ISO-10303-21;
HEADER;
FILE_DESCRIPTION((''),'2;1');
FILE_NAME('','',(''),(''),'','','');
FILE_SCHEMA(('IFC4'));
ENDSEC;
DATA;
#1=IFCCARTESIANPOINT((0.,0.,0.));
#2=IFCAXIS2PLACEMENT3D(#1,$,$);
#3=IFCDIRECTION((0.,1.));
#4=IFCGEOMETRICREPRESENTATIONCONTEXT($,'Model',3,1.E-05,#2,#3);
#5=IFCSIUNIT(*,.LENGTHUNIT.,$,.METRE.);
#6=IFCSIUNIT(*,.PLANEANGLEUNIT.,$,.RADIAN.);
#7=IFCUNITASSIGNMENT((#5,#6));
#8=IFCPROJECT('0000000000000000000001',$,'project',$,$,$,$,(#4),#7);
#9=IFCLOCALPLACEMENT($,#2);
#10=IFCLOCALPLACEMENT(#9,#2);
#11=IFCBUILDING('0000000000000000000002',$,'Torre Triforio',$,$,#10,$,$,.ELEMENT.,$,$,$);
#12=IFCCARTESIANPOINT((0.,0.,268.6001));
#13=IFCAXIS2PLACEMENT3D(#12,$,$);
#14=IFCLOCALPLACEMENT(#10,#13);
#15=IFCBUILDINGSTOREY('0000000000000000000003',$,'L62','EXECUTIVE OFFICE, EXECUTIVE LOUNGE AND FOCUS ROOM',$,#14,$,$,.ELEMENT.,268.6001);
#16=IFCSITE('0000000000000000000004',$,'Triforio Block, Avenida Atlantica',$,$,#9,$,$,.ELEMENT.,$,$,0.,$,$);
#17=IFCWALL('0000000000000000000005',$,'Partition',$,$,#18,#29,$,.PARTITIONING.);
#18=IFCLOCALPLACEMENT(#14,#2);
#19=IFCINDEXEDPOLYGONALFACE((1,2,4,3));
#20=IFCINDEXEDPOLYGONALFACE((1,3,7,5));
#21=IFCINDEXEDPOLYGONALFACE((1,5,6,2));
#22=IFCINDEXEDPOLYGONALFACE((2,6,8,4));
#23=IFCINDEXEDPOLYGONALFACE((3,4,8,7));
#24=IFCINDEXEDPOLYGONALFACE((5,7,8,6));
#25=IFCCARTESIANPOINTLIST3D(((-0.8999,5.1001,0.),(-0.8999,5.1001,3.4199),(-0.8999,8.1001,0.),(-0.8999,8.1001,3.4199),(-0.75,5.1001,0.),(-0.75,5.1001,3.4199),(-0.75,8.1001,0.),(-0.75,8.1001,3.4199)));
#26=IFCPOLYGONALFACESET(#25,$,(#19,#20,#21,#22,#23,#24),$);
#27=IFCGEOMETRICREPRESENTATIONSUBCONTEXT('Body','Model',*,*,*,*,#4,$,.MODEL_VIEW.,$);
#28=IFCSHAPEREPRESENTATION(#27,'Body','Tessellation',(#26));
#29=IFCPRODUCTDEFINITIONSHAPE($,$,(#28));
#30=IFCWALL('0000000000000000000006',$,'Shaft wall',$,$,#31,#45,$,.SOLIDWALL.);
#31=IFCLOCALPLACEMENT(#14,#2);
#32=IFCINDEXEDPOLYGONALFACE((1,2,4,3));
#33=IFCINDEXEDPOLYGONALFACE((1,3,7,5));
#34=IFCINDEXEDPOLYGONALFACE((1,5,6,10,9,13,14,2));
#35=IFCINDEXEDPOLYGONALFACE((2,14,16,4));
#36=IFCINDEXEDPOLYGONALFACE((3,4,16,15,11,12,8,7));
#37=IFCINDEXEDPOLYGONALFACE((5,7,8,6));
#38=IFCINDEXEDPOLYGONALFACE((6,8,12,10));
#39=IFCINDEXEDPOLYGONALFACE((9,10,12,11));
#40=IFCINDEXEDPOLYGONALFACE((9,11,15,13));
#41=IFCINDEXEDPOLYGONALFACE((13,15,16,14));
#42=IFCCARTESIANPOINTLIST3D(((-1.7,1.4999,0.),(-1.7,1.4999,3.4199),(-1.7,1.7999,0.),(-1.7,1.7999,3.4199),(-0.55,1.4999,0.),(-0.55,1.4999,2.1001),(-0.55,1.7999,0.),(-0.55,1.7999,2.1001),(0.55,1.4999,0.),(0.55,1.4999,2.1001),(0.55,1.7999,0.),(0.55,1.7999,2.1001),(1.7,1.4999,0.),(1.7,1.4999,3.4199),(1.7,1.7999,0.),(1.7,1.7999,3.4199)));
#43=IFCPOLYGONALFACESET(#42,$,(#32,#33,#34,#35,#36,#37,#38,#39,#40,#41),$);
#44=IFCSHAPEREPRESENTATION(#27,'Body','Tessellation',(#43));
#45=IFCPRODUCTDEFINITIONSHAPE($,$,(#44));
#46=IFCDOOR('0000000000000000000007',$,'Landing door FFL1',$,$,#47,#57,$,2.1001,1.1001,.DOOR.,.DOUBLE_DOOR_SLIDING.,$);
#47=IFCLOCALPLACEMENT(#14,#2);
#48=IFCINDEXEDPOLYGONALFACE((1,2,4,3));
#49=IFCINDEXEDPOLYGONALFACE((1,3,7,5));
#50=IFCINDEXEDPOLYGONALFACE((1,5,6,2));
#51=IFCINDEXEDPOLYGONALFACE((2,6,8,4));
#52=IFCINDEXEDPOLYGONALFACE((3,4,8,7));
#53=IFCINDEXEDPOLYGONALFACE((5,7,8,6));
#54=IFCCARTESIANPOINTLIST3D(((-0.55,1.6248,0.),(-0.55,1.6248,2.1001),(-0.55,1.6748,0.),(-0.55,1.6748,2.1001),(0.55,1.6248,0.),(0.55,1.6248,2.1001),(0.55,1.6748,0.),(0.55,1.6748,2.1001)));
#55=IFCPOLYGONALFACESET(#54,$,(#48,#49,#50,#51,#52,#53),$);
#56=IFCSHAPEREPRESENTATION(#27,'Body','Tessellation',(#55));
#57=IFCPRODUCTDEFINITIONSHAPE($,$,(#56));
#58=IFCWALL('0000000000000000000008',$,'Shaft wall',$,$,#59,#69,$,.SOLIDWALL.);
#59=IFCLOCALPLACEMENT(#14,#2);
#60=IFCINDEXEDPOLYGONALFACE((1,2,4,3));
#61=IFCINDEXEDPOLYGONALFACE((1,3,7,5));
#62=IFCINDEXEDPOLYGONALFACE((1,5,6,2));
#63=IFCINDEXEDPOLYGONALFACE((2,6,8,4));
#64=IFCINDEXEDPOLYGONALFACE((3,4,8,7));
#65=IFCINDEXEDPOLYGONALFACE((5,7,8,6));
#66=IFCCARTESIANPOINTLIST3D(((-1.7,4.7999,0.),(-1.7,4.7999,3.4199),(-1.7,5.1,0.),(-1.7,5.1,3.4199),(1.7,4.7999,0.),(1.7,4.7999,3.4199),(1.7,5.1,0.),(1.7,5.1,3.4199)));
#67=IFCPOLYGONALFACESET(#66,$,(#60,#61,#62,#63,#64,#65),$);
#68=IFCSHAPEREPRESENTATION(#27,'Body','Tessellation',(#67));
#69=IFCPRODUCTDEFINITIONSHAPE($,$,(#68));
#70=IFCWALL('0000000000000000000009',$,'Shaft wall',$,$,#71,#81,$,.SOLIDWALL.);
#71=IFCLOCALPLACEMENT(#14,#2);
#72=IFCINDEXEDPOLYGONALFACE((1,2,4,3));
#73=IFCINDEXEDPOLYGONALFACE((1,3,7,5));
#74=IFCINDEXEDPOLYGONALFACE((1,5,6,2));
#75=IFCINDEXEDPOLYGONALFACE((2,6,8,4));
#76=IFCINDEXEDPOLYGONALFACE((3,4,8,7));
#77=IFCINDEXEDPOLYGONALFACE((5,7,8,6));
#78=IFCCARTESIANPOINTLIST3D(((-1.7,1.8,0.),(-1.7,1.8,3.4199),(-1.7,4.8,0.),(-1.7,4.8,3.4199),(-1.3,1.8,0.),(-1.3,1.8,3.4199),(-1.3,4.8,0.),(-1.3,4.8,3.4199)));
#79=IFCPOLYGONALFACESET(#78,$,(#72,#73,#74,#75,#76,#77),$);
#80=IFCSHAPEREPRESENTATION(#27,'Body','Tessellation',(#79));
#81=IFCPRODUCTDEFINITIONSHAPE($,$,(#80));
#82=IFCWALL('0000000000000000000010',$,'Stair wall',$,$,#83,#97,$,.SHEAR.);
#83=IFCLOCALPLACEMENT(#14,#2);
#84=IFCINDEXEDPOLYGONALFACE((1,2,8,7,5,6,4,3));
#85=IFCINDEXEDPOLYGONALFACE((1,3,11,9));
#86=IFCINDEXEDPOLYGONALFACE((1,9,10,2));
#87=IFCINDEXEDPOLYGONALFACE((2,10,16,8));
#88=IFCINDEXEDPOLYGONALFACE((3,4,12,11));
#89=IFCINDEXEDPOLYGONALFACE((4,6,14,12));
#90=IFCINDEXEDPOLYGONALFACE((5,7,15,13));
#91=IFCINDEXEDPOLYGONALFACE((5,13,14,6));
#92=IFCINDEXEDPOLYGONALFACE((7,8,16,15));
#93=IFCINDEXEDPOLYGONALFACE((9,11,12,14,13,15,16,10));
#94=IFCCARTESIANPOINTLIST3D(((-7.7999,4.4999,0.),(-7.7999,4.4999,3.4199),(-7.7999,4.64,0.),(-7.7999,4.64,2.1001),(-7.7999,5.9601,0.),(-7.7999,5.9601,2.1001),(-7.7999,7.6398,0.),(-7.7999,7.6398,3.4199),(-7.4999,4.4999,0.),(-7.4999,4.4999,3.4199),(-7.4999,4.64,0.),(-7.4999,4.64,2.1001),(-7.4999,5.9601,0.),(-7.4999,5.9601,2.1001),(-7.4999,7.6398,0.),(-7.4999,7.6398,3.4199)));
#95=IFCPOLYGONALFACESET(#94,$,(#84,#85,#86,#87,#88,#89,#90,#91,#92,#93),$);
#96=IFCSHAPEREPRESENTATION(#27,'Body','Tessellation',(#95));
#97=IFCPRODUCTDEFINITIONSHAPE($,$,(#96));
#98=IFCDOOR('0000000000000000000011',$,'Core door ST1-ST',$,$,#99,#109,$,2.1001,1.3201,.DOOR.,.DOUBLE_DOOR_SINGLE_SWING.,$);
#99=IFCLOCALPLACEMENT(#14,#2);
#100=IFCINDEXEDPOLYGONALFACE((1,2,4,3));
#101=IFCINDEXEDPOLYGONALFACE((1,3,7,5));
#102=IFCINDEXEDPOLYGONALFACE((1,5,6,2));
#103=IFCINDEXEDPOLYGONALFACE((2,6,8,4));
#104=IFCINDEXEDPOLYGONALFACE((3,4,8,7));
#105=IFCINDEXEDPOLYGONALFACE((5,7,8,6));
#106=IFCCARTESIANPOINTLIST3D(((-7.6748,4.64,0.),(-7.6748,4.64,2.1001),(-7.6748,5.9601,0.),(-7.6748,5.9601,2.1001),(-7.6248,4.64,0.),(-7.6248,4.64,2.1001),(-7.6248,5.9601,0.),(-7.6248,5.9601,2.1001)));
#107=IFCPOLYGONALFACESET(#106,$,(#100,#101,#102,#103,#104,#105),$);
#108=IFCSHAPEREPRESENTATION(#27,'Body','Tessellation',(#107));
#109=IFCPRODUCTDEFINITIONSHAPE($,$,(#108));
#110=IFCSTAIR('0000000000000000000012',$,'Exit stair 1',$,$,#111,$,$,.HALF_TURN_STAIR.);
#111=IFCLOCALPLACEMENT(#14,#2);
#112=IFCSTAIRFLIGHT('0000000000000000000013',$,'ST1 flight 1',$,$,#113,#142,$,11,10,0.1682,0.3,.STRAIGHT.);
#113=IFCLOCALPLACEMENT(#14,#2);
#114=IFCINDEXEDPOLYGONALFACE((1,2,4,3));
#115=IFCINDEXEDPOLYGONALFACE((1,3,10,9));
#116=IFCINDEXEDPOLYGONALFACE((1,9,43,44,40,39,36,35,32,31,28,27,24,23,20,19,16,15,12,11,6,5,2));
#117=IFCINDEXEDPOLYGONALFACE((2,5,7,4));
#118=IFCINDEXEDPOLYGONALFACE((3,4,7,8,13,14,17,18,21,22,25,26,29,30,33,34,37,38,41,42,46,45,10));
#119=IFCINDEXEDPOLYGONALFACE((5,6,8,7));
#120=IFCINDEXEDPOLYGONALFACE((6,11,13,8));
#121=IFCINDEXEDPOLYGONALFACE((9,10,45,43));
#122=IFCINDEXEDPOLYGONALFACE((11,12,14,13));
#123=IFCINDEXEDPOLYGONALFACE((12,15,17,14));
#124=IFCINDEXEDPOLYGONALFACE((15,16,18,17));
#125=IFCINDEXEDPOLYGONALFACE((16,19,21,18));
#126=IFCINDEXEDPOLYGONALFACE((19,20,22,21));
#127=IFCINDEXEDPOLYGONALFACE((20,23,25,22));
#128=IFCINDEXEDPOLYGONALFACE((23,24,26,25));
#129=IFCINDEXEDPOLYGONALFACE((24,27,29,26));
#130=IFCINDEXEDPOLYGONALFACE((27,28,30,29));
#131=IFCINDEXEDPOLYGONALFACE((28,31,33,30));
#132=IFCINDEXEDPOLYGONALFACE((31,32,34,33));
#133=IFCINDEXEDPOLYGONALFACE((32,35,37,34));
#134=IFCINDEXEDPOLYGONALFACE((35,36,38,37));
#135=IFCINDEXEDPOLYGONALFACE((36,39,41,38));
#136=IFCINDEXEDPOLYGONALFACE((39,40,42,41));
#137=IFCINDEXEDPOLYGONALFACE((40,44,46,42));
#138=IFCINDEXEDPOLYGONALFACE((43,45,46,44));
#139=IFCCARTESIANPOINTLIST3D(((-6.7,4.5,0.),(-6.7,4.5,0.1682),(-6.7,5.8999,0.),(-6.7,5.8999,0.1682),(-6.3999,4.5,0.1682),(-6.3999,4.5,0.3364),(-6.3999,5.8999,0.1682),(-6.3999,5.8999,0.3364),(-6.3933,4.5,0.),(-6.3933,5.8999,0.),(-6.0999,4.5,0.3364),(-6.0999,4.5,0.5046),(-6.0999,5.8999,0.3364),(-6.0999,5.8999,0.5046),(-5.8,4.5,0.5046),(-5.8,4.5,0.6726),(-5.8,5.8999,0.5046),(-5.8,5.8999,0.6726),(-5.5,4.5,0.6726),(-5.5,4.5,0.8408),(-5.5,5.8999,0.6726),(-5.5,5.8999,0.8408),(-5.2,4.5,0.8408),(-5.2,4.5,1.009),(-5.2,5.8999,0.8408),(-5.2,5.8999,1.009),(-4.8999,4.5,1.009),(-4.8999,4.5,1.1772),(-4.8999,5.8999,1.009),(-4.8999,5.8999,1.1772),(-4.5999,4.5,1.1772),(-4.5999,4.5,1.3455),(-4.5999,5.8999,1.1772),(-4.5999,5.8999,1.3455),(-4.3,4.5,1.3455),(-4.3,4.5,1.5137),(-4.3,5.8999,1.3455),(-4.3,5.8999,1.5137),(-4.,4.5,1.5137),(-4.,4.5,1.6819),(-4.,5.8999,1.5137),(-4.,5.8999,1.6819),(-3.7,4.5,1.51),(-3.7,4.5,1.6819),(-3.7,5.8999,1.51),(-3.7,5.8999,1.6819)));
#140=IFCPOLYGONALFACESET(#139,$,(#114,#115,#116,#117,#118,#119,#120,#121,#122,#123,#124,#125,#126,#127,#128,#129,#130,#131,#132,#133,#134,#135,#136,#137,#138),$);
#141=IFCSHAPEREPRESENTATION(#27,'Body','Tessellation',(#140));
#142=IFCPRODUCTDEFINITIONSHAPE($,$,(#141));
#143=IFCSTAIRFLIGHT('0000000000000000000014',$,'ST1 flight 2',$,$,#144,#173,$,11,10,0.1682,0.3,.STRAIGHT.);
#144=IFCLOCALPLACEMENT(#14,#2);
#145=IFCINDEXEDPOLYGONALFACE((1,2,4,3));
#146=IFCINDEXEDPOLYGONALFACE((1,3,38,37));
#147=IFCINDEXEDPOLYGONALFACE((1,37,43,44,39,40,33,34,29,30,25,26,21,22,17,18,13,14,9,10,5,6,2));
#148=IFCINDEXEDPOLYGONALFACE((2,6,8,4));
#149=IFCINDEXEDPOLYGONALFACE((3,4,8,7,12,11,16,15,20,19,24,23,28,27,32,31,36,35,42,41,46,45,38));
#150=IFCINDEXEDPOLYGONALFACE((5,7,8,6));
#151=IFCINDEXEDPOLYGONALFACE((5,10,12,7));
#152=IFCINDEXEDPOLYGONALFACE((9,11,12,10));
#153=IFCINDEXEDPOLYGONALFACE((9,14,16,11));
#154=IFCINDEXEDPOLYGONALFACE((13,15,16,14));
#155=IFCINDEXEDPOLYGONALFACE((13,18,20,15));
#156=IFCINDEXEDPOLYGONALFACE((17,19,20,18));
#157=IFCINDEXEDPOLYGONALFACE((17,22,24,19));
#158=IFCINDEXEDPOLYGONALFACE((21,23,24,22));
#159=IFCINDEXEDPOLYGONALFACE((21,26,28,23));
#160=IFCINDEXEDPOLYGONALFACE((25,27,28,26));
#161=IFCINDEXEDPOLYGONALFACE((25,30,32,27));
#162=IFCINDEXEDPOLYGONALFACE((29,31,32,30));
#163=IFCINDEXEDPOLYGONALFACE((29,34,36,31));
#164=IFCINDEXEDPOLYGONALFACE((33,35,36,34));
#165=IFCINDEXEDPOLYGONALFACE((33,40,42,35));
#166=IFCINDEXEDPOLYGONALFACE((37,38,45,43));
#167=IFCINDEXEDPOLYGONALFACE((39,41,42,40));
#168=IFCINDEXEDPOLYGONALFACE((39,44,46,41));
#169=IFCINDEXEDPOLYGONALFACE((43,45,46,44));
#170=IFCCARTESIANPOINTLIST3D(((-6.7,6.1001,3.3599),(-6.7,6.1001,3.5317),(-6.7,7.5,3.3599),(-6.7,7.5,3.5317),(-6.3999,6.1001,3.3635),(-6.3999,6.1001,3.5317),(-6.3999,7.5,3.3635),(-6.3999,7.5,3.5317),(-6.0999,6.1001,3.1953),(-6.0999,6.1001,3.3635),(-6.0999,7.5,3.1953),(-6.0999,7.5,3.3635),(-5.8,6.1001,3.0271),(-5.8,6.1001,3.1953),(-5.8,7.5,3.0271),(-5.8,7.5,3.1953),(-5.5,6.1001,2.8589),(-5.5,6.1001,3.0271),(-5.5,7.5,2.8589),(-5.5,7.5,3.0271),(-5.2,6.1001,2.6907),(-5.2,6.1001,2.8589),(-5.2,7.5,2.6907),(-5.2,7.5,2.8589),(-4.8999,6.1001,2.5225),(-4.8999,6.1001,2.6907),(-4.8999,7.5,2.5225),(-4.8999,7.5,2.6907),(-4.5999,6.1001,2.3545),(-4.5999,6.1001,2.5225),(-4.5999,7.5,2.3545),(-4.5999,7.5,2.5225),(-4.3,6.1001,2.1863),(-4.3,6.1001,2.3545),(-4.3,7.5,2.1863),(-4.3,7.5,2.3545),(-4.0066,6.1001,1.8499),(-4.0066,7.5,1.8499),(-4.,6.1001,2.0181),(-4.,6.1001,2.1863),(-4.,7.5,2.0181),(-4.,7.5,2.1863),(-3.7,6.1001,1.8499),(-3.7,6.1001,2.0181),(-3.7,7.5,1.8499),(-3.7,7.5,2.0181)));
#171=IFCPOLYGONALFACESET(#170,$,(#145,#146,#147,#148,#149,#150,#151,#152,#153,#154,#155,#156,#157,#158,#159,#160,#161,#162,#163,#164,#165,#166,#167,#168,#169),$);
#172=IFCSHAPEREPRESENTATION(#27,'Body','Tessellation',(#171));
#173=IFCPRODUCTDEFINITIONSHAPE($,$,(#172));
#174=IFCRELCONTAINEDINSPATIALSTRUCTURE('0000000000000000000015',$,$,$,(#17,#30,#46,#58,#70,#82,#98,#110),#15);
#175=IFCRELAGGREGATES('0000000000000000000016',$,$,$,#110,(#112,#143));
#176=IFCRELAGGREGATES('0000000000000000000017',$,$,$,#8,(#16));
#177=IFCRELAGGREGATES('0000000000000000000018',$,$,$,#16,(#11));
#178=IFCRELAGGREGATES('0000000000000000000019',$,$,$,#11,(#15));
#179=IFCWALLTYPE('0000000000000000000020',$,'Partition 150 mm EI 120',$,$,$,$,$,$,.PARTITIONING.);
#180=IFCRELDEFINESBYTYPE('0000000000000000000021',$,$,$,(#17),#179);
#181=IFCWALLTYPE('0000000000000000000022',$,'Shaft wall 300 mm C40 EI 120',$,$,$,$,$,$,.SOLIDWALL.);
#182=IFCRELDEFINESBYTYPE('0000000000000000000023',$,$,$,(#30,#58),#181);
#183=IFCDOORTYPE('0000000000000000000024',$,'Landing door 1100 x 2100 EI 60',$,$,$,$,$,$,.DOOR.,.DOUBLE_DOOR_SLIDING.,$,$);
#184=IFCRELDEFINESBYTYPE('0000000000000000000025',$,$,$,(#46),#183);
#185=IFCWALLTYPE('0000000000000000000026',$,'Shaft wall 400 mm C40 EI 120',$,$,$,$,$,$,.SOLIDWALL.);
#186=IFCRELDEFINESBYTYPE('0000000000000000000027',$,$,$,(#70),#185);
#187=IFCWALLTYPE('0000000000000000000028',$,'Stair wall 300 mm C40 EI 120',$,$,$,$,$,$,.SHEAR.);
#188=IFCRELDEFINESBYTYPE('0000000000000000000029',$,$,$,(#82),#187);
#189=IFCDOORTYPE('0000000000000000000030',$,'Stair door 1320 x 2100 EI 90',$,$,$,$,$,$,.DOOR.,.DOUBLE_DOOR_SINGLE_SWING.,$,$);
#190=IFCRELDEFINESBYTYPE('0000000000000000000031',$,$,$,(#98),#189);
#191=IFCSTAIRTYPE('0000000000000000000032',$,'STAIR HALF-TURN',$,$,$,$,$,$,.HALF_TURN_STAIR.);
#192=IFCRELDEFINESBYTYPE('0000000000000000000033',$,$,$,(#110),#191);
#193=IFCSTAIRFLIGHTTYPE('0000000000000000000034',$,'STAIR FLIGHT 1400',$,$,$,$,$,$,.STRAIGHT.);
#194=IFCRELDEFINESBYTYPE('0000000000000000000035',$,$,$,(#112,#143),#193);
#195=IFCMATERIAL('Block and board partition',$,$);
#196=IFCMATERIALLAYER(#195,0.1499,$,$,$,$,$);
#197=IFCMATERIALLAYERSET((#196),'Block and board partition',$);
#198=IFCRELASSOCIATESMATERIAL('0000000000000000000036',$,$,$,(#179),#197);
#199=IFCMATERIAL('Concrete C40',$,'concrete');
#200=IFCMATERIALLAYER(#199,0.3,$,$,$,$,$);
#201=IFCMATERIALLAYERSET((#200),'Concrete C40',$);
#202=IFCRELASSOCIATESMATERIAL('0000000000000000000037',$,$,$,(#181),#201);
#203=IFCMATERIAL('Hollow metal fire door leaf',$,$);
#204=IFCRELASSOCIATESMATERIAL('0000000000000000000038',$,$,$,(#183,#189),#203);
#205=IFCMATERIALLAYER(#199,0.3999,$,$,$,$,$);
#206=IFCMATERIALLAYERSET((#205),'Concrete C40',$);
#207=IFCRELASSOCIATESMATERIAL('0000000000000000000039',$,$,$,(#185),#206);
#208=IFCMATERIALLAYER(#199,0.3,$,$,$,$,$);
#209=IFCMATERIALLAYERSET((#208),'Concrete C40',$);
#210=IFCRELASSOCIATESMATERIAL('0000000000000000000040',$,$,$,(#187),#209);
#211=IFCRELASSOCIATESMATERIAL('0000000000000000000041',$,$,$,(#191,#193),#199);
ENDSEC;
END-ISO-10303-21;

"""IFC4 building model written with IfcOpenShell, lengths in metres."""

from ifc_helpers import new_model, si_unit, direction, frame, frame_2d, origin, place, context, subcontext, project, spatial, polyline, rectangle, outline, extrude, material, layer, layer_set, type_object, element, fill, aggregate, save


model = new_model("IFC4")

# Units and contexts
model_context = context("Model", 3, precision=1e-05, world=origin(), true_north=direction((0.0, 1.0)))
body_context = subcontext(model_context, "Body", "Model", "MODEL_VIEW")
ifc_project = project(units=[si_unit("LENGTHUNIT", "METRE"), si_unit("PLANEANGLEUNIT", "RADIAN")], contexts=[model_context])

# Site, building, storey
site_placement = place(None, origin())
site = spatial("IfcSite", under=ifc_project, at=site_placement, Name="Triforio Block, Avenida Atlantica", CompositionType="ELEMENT", RefElevation=0.0)
building_placement = place(site_placement, origin())
building = spatial("IfcBuilding", under=site, at=building_placement, Name="Torre Triforio", CompositionType="ELEMENT")
storey_placement = place(building_placement, frame((0.0, 0.0, 268.6001)))
storey = spatial("IfcBuildingStorey", under=building, at=storey_placement, Name="L62", Description="EXECUTIVE OFFICE, EXECUTIVE LOUNGE AND FOCUS ROOM", CompositionType="ELEMENT", Elevation=268.6001)

# Shared definitions
ifc_material_1 = material(Name="Concrete C40", Category="concrete")

# Wall
ifc_material_2 = material(Name="Block and board partition")
ifc_layer_1 = layer(ifc_material_2, 0.1499)
ifc_layer_set_1 = layer_set([ifc_layer_1], Name="Block and board partition")
wall_type_1 = type_object("IfcWallType", Name="Partition 150 mm EI 120", PredefinedType="PARTITIONING", material=ifc_layer_set_1)
wall_1_placement = place(storey_placement, frame((-0.825, 5.1001, 0.0), z_axis=(0.0, 0.0, 1.0), x_axis=(0.0, 1.0, 0.0)))
element("IfcWall", 1, at=wall_1_placement, inside=storey, type_object=wall_type_1, Name="Partition", PredefinedType="PARTITIONING", context=body_context, shape_type="SweptSolid", body=[
    extrude(rectangle(XDim=3.0, YDim=0.1499, at=frame_2d((1.5, 0.0))), origin(), (0.0, 0.0, 1.0), 3.4199),
])

# Wall, opening, door
ifc_layer_2 = layer(ifc_material_1, 0.3)
ifc_layer_set_2 = layer_set([ifc_layer_2], Name="Concrete C40")
wall_type_2 = type_object("IfcWallType", Name="Shaft wall 300 mm C40 EI 120", PredefinedType="SOLIDWALL", material=ifc_layer_set_2)
wall_2_placement = place(storey_placement, frame((-1.7, 1.6499, 0.0), z_axis=(0.0, 0.0, 1.0), x_axis=(1.0, 0.0, 0.0)))
wall_2 = element("IfcWall", 2, at=wall_2_placement, inside=storey, type_object=wall_type_2, Name="Shaft wall", PredefinedType="SOLIDWALL", context=body_context, shape_type="SweptSolid", body=[
    extrude(rectangle(XDim=3.3999, YDim=0.3, at=frame_2d((1.7, 0.0))), origin(), (0.0, 0.0, 1.0), 3.4199),
])
opening_1_placement = place(wall_2_placement, frame((1.1499, 0.0, 0.0)))
opening_1 = element("IfcOpeningElement", 3, at=opening_1_placement, cuts=wall_2, PredefinedType="OPENING", context=body_context, shape_type="SweptSolid", body=[
    extrude(rectangle(XDim=1.1001, YDim=2.1001, at=frame_2d((0.55, 1.05))), frame((0.0, 0.1599, 0.0), z_axis=(0.0, -1.0, 0.0), x_axis=(1.0, 0.0, 0.0)), (0.0, 0.0, 1.0), 0.3201),
])
ifc_material_3 = material(Name="Hollow metal fire door leaf")
door_type_1 = type_object("IfcDoorType", Name="Landing door 1100 x 2100 EI 60", OperationType="DOUBLE_DOOR_SLIDING", PredefinedType="DOOR", material=ifc_material_3)
door_1_placement = place(opening_1_placement, origin())
door_1 = element("IfcDoor", 4, at=door_1_placement, inside=storey, type_object=door_type_1, Name="Landing door FFL1", OperationType="DOUBLE_DOOR_SLIDING", OverallHeight=2.1001, OverallWidth=1.1001, PredefinedType="DOOR", context=body_context, shape_type="SweptSolid", body=[
    extrude(rectangle(XDim=1.1001, YDim=2.1001, at=frame_2d((0.55, 1.05))), frame((0.0, 0.0249, 0.0), z_axis=(0.0, -1.0, 0.0), x_axis=(1.0, 0.0, 0.0)), (0.0, 0.0, 1.0), 0.05),
])
fill(opening_1, door_1)

# Walls
wall_3_placement = place(storey_placement, frame((-1.7, 4.95, 0.0), z_axis=(0.0, 0.0, 1.0), x_axis=(1.0, 0.0, 0.0)))
element("IfcWall", 5, at=wall_3_placement, inside=storey, type_object=wall_type_2, Name="Shaft wall", PredefinedType="SOLIDWALL", context=body_context, shape_type="SweptSolid", body=[
    extrude(rectangle(XDim=3.3999, YDim=0.3, at=frame_2d((1.7, 0.0))), origin(), (0.0, 0.0, 1.0), 3.4199),
])
ifc_layer_3 = layer(ifc_material_1, 0.3999)
ifc_layer_set_3 = layer_set([ifc_layer_3], Name="Concrete C40")
wall_type_3 = type_object("IfcWallType", Name="Shaft wall 400 mm C40 EI 120", PredefinedType="SOLIDWALL", material=ifc_layer_set_3)
wall_4_placement = place(storey_placement, frame((-1.5, 1.8, 0.0), z_axis=(0.0, 0.0, 1.0), x_axis=(0.0, 1.0, 0.0)))
element("IfcWall", 6, at=wall_4_placement, inside=storey, type_object=wall_type_3, Name="Shaft wall", PredefinedType="SOLIDWALL", context=body_context, shape_type="SweptSolid", body=[
    extrude(rectangle(XDim=3.0, YDim=0.3999, at=frame_2d((1.5, 0.0))), origin(), (0.0, 0.0, 1.0), 3.4199),
])

# Wall, opening, door
ifc_layer_4 = layer(ifc_material_1, 0.3)
ifc_layer_set_4 = layer_set([ifc_layer_4], Name="Concrete C40")
wall_type_4 = type_object("IfcWallType", Name="Stair wall 300 mm C40 EI 120", PredefinedType="SHEAR", material=ifc_layer_set_4)
wall_5_placement = place(storey_placement, frame((-7.6499, 4.5, 0.0), z_axis=(0.0, 0.0, 1.0), x_axis=(0.0, 1.0, 0.0)))
wall_5 = element("IfcWall", 7, at=wall_5_placement, inside=storey, type_object=wall_type_4, Name="Stair wall", PredefinedType="SHEAR", context=body_context, shape_type="SweptSolid", body=[
    extrude(rectangle(XDim=3.1399, YDim=0.3, at=frame_2d((1.5698, 0.0))), origin(), (0.0, 0.0, 1.0), 3.4199),
])
opening_2_placement = place(wall_5_placement, frame((0.1399, 0.0, 0.0)))
opening_2 = element("IfcOpeningElement", 8, at=opening_2_placement, cuts=wall_5, PredefinedType="OPENING", context=body_context, shape_type="SweptSolid", body=[
    extrude(rectangle(XDim=1.3201, YDim=2.1001, at=frame_2d((0.6602, 1.05))), frame((0.0, 0.1599, 0.0), z_axis=(0.0, -1.0, 0.0), x_axis=(1.0, 0.0, 0.0)), (0.0, 0.0, 1.0), 0.3201),
])
door_type_2 = type_object("IfcDoorType", Name="Stair door 1320 x 2100 EI 90", OperationType="DOUBLE_DOOR_SINGLE_SWING", PredefinedType="DOOR", material=ifc_material_3)
door_2_placement = place(opening_2_placement, origin())
door_2 = element("IfcDoor", 9, at=door_2_placement, inside=storey, type_object=door_type_2, Name="Core door ST1-ST", OperationType="DOUBLE_DOOR_SINGLE_SWING", OverallHeight=2.1001, OverallWidth=1.3201, PredefinedType="DOOR", context=body_context, shape_type="SweptSolid", body=[
    extrude(rectangle(XDim=1.3201, YDim=2.1001, at=frame_2d((0.6602, 1.05))), frame((0.0, 0.0249, 0.0), z_axis=(0.0, -1.0, 0.0), x_axis=(1.0, 0.0, 0.0)), (0.0, 0.0, 1.0), 0.05),
])
fill(opening_2, door_2)

# Stair, stair flights
stair_type = type_object("IfcStairType", Name="STAIR HALF-TURN", PredefinedType="HALF_TURN_STAIR", material=ifc_material_1)
stair_placement = place(storey_placement, origin())
stair = element("IfcStair", 10, at=stair_placement, inside=storey, type_object=stair_type, Name="Exit stair 1", PredefinedType="HALF_TURN_STAIR")
stair_flight_type = type_object("IfcStairFlightType", Name="STAIR FLIGHT 1400", PredefinedType="STRAIGHT", material=ifc_material_1)
stair_flight_1_placement = place(storey_placement, frame((-6.7, 5.2, 0.0), z_axis=(0.0, 0.0, 1.0), x_axis=(1.0, 0.0, 0.0)))
stair_flight_1 = element("IfcStairFlight", 11, at=stair_flight_1_placement, type_object=stair_flight_type, Name="ST1 flight 1", NumberOfRisers=11, NumberOfTreads=10, PredefinedType="STRAIGHT", RiserHeight=0.1682, TreadLength=0.3, context=body_context, shape_type="SweptSolid", body=[
    extrude(outline(polyline([(0.0, 0.0), (0.0, 0.1682), (0.3, 0.1682), (0.3, 0.3364), (0.6001, 0.3364), (0.6001, 0.5046), (0.8999, 0.5046), (0.8999, 0.6726), (1.2, 0.6726), (1.2, 0.8408), (1.5, 0.8408), (1.5, 1.009), (1.8, 1.009), (1.8, 1.1772), (2.1001, 1.1772), (2.1001, 1.3455), (2.3999, 1.3455), (2.3999, 1.5137), (2.7, 1.5137), (2.7, 1.6819), (3.0, 1.6819), (3.0, 1.8501), (3.0, 1.51), (0.3066, 0.0), (0.0, 0.0)])), frame((0.0, 0.7, 0.0), z_axis=(0.0, -1.0, 0.0), x_axis=(1.0, 0.0, 0.0)), (0.0, 0.0, 1.0), 1.3999),
])
stair_flight_2_placement = place(storey_placement, frame((-3.7, 6.8, 1.8499), z_axis=(0.0, 0.0, 1.0), x_axis=(-1.0, 0.0, 0.0)))
stair_flight_2 = element("IfcStairFlight", 12, at=stair_flight_2_placement, type_object=stair_flight_type, Name="ST1 flight 2", NumberOfRisers=11, NumberOfTreads=10, PredefinedType="STRAIGHT", RiserHeight=0.1682, TreadLength=0.3, context=body_context, shape_type="SweptSolid", body=[
    extrude(outline(polyline([(0.0, 0.0), (0.0, 0.1682), (0.3, 0.1682), (0.3, 0.3364), (0.6001, 0.3364), (0.6001, 0.5046), (0.8999, 0.5046), (0.8999, 0.6726), (1.2, 0.6726), (1.2, 0.8408), (1.5, 0.8408), (1.5, 1.009), (1.8, 1.009), (1.8, 1.1772), (2.1001, 1.1772), (2.1001, 1.3455), (2.3999, 1.3455), (2.3999, 1.5137), (2.7, 1.5137), (2.7, 1.6819), (3.0, 1.6819), (3.0, 1.8501), (3.0, 1.51), (0.3066, 0.0), (0.0, 0.0)])), frame((0.0, 0.7, 0.0), z_axis=(0.0, -1.0, 0.0), x_axis=(1.0, 0.0, 0.0)), (0.0, 0.0, 1.0), 1.3999),
])
aggregate(stair, [stair_flight_1, stair_flight_2])

save(model, "model.ifc")
